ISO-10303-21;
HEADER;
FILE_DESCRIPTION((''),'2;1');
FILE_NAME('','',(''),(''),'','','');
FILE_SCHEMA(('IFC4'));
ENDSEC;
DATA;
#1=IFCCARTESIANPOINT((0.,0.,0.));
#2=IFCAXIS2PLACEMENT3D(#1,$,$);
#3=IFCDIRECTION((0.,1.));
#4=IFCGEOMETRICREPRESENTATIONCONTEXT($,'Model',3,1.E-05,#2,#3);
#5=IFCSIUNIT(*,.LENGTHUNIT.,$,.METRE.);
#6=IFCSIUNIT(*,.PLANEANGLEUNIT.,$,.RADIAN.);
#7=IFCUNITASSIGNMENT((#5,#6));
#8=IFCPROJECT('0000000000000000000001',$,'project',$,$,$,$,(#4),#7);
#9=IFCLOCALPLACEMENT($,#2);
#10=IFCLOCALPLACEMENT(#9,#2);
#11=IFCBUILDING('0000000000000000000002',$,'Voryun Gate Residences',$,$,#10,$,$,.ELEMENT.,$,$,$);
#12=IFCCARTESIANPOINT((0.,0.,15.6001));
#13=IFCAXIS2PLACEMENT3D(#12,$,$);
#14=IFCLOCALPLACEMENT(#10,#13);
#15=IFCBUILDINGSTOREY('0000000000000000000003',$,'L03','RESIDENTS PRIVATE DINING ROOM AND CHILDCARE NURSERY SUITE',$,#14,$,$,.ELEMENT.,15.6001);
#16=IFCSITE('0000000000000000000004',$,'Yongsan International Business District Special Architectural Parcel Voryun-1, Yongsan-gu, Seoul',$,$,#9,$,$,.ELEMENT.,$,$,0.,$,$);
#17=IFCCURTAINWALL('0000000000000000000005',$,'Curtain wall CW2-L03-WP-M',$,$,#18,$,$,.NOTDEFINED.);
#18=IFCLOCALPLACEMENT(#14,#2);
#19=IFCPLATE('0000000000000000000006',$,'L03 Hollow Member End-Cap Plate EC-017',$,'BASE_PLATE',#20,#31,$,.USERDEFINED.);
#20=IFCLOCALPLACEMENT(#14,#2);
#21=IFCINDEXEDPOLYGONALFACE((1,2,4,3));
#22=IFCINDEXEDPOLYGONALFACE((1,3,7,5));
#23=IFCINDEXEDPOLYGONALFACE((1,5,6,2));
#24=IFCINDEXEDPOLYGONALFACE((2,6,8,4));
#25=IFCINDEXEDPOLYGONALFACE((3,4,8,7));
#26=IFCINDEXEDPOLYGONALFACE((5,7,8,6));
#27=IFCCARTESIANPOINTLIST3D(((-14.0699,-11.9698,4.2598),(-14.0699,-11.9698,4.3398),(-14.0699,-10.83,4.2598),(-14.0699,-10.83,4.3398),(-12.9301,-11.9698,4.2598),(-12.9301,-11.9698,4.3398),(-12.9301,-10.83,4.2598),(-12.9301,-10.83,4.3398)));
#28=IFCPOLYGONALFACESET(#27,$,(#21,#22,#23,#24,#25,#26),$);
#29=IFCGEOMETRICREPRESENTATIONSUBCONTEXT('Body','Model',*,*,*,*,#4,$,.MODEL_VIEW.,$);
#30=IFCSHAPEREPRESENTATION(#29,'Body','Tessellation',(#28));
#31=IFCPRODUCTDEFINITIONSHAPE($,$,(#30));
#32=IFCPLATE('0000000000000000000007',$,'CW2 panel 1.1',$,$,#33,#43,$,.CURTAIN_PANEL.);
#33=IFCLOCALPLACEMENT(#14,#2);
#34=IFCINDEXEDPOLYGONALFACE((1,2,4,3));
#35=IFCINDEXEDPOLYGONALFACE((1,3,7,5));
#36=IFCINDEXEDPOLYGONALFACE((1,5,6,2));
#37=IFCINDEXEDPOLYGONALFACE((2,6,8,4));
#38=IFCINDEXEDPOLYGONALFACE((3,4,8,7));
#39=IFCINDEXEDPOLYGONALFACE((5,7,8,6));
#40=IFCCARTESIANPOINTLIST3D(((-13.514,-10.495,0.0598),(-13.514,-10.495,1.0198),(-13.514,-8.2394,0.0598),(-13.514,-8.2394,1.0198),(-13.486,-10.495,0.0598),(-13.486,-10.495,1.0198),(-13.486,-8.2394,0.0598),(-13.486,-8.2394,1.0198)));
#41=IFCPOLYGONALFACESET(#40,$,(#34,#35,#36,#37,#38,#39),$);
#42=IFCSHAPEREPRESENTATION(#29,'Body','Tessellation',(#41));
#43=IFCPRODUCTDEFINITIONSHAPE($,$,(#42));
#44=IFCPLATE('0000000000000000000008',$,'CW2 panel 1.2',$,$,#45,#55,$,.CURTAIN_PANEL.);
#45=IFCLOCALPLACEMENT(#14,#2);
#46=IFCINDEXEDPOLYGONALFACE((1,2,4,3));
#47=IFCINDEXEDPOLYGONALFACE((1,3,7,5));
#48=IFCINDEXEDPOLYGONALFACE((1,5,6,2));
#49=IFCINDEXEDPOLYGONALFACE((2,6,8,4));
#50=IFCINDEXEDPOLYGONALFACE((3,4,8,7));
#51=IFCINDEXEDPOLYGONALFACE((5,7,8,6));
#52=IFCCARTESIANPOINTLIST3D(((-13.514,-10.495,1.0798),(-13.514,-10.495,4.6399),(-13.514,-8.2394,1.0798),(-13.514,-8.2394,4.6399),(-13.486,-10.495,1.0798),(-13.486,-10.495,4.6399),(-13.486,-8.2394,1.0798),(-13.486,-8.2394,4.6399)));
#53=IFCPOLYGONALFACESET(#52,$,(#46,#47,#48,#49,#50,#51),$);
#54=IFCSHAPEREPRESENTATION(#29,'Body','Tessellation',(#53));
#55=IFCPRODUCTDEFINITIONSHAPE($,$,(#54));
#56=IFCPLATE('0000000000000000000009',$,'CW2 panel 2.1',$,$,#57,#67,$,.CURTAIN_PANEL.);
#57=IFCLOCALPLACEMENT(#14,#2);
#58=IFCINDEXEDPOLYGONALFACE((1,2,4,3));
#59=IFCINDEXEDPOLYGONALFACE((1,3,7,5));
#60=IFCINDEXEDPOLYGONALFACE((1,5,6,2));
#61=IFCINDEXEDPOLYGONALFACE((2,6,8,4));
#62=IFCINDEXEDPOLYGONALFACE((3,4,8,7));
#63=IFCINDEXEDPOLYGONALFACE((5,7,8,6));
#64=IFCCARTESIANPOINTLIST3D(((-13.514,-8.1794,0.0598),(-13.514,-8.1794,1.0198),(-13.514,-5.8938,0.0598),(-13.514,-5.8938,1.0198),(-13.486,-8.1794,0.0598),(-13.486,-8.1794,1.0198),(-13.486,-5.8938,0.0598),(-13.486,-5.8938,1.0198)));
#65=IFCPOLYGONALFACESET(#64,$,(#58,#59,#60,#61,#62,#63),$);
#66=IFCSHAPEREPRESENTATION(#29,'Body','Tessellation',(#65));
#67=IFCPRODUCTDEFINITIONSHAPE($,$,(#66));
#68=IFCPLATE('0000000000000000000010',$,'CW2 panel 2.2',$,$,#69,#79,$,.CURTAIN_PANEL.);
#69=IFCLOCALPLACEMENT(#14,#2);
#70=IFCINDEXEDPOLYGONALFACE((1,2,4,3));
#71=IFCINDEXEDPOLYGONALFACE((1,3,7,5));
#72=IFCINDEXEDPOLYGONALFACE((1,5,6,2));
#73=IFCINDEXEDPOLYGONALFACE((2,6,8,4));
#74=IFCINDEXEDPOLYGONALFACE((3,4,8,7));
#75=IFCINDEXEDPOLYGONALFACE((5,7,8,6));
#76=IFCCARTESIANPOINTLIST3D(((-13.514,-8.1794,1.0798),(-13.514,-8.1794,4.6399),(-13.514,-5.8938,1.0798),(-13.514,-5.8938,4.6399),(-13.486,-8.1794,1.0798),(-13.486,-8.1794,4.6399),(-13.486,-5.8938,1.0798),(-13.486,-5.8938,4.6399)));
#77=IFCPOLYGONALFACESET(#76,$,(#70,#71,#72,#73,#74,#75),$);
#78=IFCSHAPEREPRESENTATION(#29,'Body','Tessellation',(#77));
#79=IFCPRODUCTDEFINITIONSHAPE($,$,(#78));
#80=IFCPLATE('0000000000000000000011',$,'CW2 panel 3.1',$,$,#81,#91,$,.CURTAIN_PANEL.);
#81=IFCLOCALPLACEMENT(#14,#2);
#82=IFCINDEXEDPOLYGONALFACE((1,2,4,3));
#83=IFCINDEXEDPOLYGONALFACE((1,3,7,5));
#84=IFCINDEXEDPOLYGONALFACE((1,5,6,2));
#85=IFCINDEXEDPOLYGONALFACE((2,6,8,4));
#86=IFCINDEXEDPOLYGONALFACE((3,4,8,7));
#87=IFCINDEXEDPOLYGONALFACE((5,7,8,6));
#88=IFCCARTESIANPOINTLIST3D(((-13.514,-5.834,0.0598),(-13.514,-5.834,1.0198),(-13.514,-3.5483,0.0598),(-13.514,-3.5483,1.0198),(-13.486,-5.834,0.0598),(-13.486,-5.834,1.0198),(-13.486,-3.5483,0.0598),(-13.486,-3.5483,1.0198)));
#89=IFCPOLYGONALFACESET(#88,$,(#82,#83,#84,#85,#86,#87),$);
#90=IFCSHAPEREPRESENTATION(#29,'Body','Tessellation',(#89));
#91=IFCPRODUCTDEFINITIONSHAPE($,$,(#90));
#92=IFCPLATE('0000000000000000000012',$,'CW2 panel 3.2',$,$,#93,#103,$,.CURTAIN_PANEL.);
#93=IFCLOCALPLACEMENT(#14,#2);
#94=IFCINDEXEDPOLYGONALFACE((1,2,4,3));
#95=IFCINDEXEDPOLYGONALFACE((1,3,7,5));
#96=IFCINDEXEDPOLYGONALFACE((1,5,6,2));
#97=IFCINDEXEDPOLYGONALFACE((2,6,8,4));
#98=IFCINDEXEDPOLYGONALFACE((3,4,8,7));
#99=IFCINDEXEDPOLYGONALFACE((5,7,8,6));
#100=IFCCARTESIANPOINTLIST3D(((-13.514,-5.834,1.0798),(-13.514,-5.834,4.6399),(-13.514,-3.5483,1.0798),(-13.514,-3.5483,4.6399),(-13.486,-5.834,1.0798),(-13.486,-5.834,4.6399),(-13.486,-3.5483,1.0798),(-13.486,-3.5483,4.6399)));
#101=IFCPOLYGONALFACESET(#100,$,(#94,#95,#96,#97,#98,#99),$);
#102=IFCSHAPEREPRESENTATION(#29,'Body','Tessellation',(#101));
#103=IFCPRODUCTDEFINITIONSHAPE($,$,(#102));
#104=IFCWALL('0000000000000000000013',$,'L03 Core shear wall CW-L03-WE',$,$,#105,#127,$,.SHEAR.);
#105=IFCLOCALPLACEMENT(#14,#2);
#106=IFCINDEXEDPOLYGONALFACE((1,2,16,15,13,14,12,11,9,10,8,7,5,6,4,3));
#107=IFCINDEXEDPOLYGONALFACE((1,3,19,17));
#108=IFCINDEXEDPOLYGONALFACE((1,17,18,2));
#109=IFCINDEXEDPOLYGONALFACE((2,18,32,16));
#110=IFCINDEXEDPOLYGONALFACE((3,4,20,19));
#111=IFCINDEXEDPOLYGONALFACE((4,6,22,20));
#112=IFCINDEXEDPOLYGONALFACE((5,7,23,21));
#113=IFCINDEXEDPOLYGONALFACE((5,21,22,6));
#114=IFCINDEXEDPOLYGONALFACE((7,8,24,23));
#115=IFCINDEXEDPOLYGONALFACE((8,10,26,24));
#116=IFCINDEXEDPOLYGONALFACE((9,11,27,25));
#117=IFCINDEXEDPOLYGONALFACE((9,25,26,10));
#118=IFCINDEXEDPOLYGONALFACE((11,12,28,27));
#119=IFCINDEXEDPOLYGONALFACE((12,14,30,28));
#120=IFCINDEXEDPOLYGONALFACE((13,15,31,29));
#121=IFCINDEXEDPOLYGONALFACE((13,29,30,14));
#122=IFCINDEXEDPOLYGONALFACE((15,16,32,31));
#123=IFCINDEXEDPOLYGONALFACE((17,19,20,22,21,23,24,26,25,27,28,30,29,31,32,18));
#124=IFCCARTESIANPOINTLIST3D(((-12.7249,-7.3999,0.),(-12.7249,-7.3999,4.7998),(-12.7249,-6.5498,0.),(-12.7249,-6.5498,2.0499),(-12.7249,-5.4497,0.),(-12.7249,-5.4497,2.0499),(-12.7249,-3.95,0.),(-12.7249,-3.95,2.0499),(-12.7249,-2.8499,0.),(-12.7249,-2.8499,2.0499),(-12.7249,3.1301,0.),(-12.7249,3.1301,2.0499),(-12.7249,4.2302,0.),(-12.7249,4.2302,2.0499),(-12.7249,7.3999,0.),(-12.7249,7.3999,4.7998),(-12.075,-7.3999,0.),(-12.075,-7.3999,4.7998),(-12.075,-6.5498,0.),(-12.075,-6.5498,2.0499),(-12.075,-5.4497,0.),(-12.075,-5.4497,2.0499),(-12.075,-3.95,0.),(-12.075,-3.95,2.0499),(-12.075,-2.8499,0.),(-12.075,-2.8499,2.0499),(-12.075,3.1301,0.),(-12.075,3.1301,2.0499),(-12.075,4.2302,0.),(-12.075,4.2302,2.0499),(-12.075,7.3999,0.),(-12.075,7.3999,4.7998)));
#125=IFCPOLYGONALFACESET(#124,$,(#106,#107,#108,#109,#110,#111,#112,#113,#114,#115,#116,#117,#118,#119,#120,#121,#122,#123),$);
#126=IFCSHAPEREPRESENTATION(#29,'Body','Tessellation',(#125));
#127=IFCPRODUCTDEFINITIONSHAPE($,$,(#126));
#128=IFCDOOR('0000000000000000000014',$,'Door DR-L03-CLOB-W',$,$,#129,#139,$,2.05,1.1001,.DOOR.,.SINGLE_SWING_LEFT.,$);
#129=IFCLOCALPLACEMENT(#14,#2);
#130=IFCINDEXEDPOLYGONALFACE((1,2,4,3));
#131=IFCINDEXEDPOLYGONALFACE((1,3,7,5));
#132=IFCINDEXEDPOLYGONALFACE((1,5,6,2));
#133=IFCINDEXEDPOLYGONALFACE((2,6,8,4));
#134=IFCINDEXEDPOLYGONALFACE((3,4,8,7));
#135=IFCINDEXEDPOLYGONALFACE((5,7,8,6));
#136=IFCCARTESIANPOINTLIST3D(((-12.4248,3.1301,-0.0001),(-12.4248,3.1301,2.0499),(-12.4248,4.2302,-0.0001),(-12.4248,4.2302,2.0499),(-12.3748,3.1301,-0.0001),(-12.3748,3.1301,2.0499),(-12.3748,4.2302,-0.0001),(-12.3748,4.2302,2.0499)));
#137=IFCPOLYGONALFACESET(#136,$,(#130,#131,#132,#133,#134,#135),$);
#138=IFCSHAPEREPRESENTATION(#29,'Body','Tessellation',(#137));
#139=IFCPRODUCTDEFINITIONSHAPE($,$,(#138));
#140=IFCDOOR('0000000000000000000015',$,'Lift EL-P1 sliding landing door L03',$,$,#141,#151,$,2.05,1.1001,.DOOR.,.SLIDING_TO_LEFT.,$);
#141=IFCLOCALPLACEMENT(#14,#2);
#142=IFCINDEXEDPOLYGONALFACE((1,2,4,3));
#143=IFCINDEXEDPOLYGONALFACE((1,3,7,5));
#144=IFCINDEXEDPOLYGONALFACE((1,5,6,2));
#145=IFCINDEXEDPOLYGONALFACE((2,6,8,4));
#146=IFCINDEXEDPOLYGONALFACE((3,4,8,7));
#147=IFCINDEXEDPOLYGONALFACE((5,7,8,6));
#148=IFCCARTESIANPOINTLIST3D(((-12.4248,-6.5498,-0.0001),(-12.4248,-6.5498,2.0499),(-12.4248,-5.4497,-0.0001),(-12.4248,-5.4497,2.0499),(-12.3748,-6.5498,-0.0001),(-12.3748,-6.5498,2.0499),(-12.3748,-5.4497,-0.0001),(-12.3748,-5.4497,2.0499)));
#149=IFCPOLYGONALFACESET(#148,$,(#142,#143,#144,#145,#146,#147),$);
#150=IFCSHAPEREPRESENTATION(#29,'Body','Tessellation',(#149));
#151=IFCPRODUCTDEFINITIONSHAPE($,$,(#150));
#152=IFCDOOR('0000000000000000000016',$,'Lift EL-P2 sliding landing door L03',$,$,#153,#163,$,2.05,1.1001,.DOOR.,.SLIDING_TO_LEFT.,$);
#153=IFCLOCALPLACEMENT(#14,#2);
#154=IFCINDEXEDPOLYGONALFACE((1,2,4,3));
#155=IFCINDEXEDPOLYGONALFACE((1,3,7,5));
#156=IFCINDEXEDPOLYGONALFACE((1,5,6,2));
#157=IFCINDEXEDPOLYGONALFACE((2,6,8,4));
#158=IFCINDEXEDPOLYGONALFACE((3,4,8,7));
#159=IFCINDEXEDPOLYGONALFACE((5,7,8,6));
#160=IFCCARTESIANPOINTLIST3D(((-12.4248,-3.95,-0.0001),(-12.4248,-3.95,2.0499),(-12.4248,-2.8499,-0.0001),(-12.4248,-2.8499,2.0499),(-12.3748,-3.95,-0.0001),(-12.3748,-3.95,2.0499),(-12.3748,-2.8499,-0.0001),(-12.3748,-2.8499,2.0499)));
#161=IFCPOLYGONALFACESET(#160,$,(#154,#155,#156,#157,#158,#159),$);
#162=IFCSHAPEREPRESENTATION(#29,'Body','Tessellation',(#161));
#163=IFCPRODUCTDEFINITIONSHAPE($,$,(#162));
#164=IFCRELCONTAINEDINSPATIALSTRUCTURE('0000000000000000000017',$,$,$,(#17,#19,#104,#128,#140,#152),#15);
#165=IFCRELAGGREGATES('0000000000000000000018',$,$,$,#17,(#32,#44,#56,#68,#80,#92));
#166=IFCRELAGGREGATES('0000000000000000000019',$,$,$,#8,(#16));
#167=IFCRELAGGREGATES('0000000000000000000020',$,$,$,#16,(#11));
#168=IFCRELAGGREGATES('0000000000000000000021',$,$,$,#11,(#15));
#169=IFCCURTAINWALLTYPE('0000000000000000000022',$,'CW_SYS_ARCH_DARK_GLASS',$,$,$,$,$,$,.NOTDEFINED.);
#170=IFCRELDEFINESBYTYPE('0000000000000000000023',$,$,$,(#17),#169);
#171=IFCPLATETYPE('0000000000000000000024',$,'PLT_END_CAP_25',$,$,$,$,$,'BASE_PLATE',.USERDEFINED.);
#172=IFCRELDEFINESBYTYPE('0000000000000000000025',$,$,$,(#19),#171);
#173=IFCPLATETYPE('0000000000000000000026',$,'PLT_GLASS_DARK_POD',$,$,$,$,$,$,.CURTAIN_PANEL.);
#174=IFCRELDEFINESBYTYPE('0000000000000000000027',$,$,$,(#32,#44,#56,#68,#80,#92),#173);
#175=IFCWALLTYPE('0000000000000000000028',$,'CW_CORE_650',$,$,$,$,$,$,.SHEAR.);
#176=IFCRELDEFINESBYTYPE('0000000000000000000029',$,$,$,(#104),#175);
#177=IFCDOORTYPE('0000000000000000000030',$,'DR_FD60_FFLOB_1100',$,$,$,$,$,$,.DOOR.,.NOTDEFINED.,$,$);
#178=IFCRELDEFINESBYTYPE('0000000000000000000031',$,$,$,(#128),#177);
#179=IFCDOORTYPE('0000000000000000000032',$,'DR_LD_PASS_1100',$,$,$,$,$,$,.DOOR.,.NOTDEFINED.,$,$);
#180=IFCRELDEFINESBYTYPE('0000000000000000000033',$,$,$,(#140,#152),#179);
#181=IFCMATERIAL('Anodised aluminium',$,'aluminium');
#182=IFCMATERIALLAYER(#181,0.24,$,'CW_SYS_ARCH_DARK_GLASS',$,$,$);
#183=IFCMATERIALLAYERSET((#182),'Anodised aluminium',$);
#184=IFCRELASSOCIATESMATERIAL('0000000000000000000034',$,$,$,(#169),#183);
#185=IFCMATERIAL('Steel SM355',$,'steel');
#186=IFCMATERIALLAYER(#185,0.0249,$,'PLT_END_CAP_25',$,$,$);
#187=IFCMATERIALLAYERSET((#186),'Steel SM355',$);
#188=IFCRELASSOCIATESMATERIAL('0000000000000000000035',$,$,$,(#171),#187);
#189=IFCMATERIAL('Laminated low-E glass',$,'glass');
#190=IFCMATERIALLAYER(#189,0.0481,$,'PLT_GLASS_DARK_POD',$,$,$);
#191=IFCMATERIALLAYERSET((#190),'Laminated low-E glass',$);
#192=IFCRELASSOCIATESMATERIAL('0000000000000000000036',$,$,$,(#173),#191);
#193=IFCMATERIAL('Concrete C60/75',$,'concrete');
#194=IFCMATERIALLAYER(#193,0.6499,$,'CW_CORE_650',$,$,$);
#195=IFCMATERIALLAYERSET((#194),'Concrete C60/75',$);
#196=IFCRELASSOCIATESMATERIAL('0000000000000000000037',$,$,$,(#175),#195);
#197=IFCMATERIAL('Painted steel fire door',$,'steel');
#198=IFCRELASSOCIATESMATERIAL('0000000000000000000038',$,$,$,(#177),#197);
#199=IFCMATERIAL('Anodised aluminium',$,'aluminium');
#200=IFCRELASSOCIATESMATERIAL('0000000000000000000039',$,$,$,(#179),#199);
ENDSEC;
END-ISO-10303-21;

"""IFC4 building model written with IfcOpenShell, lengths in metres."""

from ifc_helpers import new_model, si_unit, direction, frame, frame_2d, origin, origin_2d, place, context, subcontext, project, spatial, rectangle, extrude, material, layer, layer_set, type_object, element, fill, aggregate, save


model = new_model("IFC4")

# Units and contexts
model_context = context("Model", 3, precision=1e-05, world=origin(), true_north=direction((0.0, 1.0)))
body_context = subcontext(model_context, "Body", "Model", "MODEL_VIEW")
ifc_project = project(units=[si_unit("LENGTHUNIT", "METRE"), si_unit("PLANEANGLEUNIT", "RADIAN")], contexts=[model_context])

# Site, building, storey
site_placement = place(None, origin())
site = spatial("IfcSite", under=ifc_project, at=site_placement, Name="Yongsan International Business District Special Architectural Parcel Voryun-1, Yongsan-gu, Seoul", CompositionType="ELEMENT", RefElevation=0.0)
building_placement = place(site_placement, origin())
building = spatial("IfcBuilding", under=site, at=building_placement, Name="Voryun Gate Residences", CompositionType="ELEMENT")
storey_placement = place(building_placement, frame((0.0, 0.0, 15.6001)))
storey = spatial("IfcBuildingStorey", under=building, at=storey_placement, Name="L03", Description="RESIDENTS PRIVATE DINING ROOM AND CHILDCARE NURSERY SUITE", CompositionType="ELEMENT", Elevation=15.6001)

# Curtain wall
ifc_material_1 = material(Name="Anodised aluminium", Category="aluminium")
ifc_layer_1 = layer(ifc_material_1, 0.24, Name="CW_SYS_ARCH_DARK_GLASS")
ifc_layer_set_1 = layer_set([ifc_layer_1], Name="Anodised aluminium")
curtain_wall_type = type_object("IfcCurtainWallType", Name="CW_SYS_ARCH_DARK_GLASS", PredefinedType="NOTDEFINED", material=ifc_layer_set_1)
curtain_wall_placement = place(storey_placement, origin())
curtain_wall = element("IfcCurtainWall", 1, at=curtain_wall_placement, inside=storey, type_object=curtain_wall_type, Name="Curtain wall CW2-L03-WP-M", PredefinedType="NOTDEFINED")

# Plates
ifc_material_2 = material(Name="Steel SM355", Category="steel")
ifc_layer_2 = layer(ifc_material_2, 0.0249, Name="PLT_END_CAP_25")
ifc_layer_set_2 = layer_set([ifc_layer_2], Name="Steel SM355")
plate_type_1 = type_object("IfcPlateType", Name="PLT_END_CAP_25", ElementType="BASE_PLATE", PredefinedType="USERDEFINED", material=ifc_layer_set_2)
plate_1_placement = place(storey_placement, frame((-13.5, -11.3999, 4.2598), z_axis=(0.0, 0.0, 1.0), x_axis=(1.0, 0.0, 0.0)))
element("IfcPlate", 2, at=plate_1_placement, inside=storey, type_object=plate_type_1, Name="L03 Hollow Member End-Cap Plate EC-017", ObjectType="BASE_PLATE", PredefinedType="USERDEFINED", context=body_context, shape_type="SweptSolid", body=[
    extrude(rectangle(XDim=1.1399, YDim=1.1399, at=origin_2d()), origin(), (0.0, 0.0, 1.0), 0.0801),
])
ifc_material_3 = material(Name="Laminated low-E glass", Category="glass")
ifc_layer_3 = layer(ifc_material_3, 0.0481, Name="PLT_GLASS_DARK_POD")
ifc_layer_set_3 = layer_set([ifc_layer_3], Name="Laminated low-E glass")
plate_type_2 = type_object("IfcPlateType", Name="PLT_GLASS_DARK_POD", PredefinedType="CURTAIN_PANEL", material=ifc_layer_set_3)
plate_2_placement = place(storey_placement, frame((-13.5, -9.3672, 0.0598), z_axis=(0.0, 0.0, 1.0), x_axis=(0.0, 1.0, 0.0)))
plate_2 = element("IfcPlate", 3, at=plate_2_placement, type_object=plate_type_2, Name="CW2 panel 1.1", PredefinedType="CURTAIN_PANEL", context=body_context, shape_type="SweptSolid", body=[
    extrude(rectangle(XDim=2.2556, YDim=0.0281, at=origin_2d()), origin(), (0.0, 0.0, 1.0), 0.96),
])
plate_3_placement = place(storey_placement, frame((-13.5, -9.3672, 1.0798), z_axis=(0.0, 0.0, 1.0), x_axis=(0.0, 1.0, 0.0)))
plate_3 = element("IfcPlate", 4, at=plate_3_placement, type_object=plate_type_2, Name="CW2 panel 1.2", PredefinedType="CURTAIN_PANEL", context=body_context, shape_type="SweptSolid", body=[
    extrude(rectangle(XDim=2.2556, YDim=0.0281, at=origin_2d()), origin(), (0.0, 0.0, 1.0), 3.5601),
])
plate_4_placement = place(storey_placement, frame((-13.5, -7.0366, 0.0598), z_axis=(0.0, 0.0, 1.0), x_axis=(0.0, 1.0, 0.0)))
plate_4 = element("IfcPlate", 5, at=plate_4_placement, type_object=plate_type_2, Name="CW2 panel 2.1", PredefinedType="CURTAIN_PANEL", context=body_context, shape_type="SweptSolid", body=[
    extrude(rectangle(XDim=2.2856, YDim=0.0281, at=origin_2d()), origin(), (0.0, 0.0, 1.0), 0.96),
])
plate_5_placement = place(storey_placement, frame((-13.5, -7.0366, 1.0798), z_axis=(0.0, 0.0, 1.0), x_axis=(0.0, 1.0, 0.0)))
plate_5 = element("IfcPlate", 6, at=plate_5_placement, type_object=plate_type_2, Name="CW2 panel 2.2", PredefinedType="CURTAIN_PANEL", context=body_context, shape_type="SweptSolid", body=[
    extrude(rectangle(XDim=2.2856, YDim=0.0281, at=origin_2d()), origin(), (0.0, 0.0, 1.0), 3.5601),
])
plate_6_placement = place(storey_placement, frame((-13.5, -4.6912, 0.0598), z_axis=(0.0, 0.0, 1.0), x_axis=(0.0, 1.0, 0.0)))
plate_6 = element("IfcPlate", 7, at=plate_6_placement, type_object=plate_type_2, Name="CW2 panel 3.1", PredefinedType="CURTAIN_PANEL", context=body_context, shape_type="SweptSolid", body=[
    extrude(rectangle(XDim=2.2856, YDim=0.0281, at=origin_2d()), origin(), (0.0, 0.0, 1.0), 0.96),
])
plate_7_placement = place(storey_placement, frame((-13.5, -4.6912, 1.0798), z_axis=(0.0, 0.0, 1.0), x_axis=(0.0, 1.0, 0.0)))
plate_7 = element("IfcPlate", 8, at=plate_7_placement, type_object=plate_type_2, Name="CW2 panel 3.2", PredefinedType="CURTAIN_PANEL", context=body_context, shape_type="SweptSolid", body=[
    extrude(rectangle(XDim=2.2856, YDim=0.0281, at=origin_2d()), origin(), (0.0, 0.0, 1.0), 3.5601),
])
aggregate(curtain_wall, [plate_2, plate_3, plate_4, plate_5, plate_6, plate_7])

# Wall, openings, doors
ifc_material_4 = material(Name="Concrete C60/75", Category="concrete")
ifc_layer_4 = layer(ifc_material_4, 0.6499, Name="CW_CORE_650")
ifc_layer_set_4 = layer_set([ifc_layer_4], Name="Concrete C60/75")
wall_type_1 = type_object("IfcWallType", Name="CW_CORE_650", PredefinedType="SHEAR", material=ifc_layer_set_4)
wall_1_placement = place(storey_placement, frame((-12.3999, -7.3999, 0.0), z_axis=(0.0, 0.0, 1.0), x_axis=(0.0, 1.0, 0.0)))
wall_1 = element("IfcWall", 9, at=wall_1_placement, inside=storey, type_object=wall_type_1, Name="L03 Core shear wall CW-L03-WE", PredefinedType="SHEAR", context=body_context, shape_type="SweptSolid", body=[
    extrude(rectangle(XDim=14.7998, YDim=0.6499, at=frame_2d((7.3999, 0.0))), origin(), (0.0, 0.0, 1.0), 4.7998),
])
opening_1_placement = place(wall_1_placement, frame((0.8501, 0.0, 0.0)))
opening_1 = element("IfcOpeningElement", 10, at=opening_1_placement, cuts=wall_1, PredefinedType="OPENING", context=body_context, shape_type="SweptSolid", body=[
    extrude(rectangle(XDim=1.1001, YDim=2.05, at=frame_2d((0.55, 1.0249))), frame((0.0, 0.335, 0.0), z_axis=(0.0, -1.0, 0.0), x_axis=(1.0, 0.0, 0.0)), (0.0, 0.0, 1.0), 0.6699),
])
opening_2_placement = place(wall_1_placement, frame((3.45, 0.0, 0.0)))
opening_2 = element("IfcOpeningElement", 11, at=opening_2_placement, cuts=wall_1, PredefinedType="OPENING", context=body_context, shape_type="SweptSolid", body=[
    extrude(rectangle(XDim=1.1001, YDim=2.05, at=frame_2d((0.55, 1.0249))), frame((0.0, 0.335, 0.0), z_axis=(0.0, -1.0, 0.0), x_axis=(1.0, 0.0, 0.0)), (0.0, 0.0, 1.0), 0.6699),
])
opening_3_placement = place(wall_1_placement, frame((10.53, 0.0, 0.0)))
opening_3 = element("IfcOpeningElement", 12, at=opening_3_placement, cuts=wall_1, PredefinedType="OPENING", context=body_context, shape_type="SweptSolid", body=[
    extrude(rectangle(XDim=1.1001, YDim=2.05, at=frame_2d((0.55, 1.0249))), frame((0.0, 0.335, 0.0), z_axis=(0.0, -1.0, 0.0), x_axis=(1.0, 0.0, 0.0)), (0.0, 0.0, 1.0), 0.6699),
])
ifc_material_5 = material(Name="Painted steel fire door", Category="steel")
door_type_1 = type_object("IfcDoorType", Name="DR_FD60_FFLOB_1100", OperationType="NOTDEFINED", PredefinedType="DOOR", material=ifc_material_5)
door_1_placement = place(opening_3_placement, origin())
door_1 = element("IfcDoor", 13, at=door_1_placement, inside=storey, type_object=door_type_1, Name="Door DR-L03-CLOB-W", OperationType="SINGLE_SWING_LEFT", OverallHeight=2.05, OverallWidth=1.1001, PredefinedType="DOOR", context=body_context, shape_type="SweptSolid", body=[
    extrude(rectangle(XDim=1.1001, YDim=2.05, at=frame_2d((0.55, 1.0249))), frame((0.0, 0.0249, 0.0), z_axis=(0.0, -1.0, 0.0), x_axis=(1.0, 0.0, 0.0)), (0.0, 0.0, 1.0), 0.05),
])
fill(opening_3, door_1)
ifc_material_6 = material(Name="Anodised aluminium", Category="aluminium")
door_type_2 = type_object("IfcDoorType", Name="DR_LD_PASS_1100", OperationType="NOTDEFINED", PredefinedType="DOOR", material=ifc_material_6)
door_2_placement = place(opening_1_placement, origin())
door_2 = element("IfcDoor", 14, at=door_2_placement, inside=storey, type_object=door_type_2, Name="Lift EL-P1 sliding landing door L03", OperationType="SLIDING_TO_LEFT", OverallHeight=2.05, OverallWidth=1.1001, PredefinedType="DOOR", context=body_context, shape_type="SweptSolid", body=[
    extrude(rectangle(XDim=1.1001, YDim=2.05, at=frame_2d((0.55, 1.0249))), frame((0.0, 0.0249, 0.0), z_axis=(0.0, -1.0, 0.0), x_axis=(1.0, 0.0, 0.0)), (0.0, 0.0, 1.0), 0.05),
])
fill(opening_1, door_2)
door_3_placement = place(opening_2_placement, origin())
door_3 = element("IfcDoor", 15, at=door_3_placement, inside=storey, type_object=door_type_2, Name="Lift EL-P2 sliding landing door L03", OperationType="SLIDING_TO_LEFT", OverallHeight=2.05, OverallWidth=1.1001, PredefinedType="DOOR", context=body_context, shape_type="SweptSolid", body=[
    extrude(rectangle(XDim=1.1001, YDim=2.05, at=frame_2d((0.55, 1.0249))), frame((0.0, 0.0249, 0.0), z_axis=(0.0, -1.0, 0.0), x_axis=(1.0, 0.0, 0.0)), (0.0, 0.0, 1.0), 0.05),
])
fill(opening_2, door_3)

save(model, "model.ifc")
